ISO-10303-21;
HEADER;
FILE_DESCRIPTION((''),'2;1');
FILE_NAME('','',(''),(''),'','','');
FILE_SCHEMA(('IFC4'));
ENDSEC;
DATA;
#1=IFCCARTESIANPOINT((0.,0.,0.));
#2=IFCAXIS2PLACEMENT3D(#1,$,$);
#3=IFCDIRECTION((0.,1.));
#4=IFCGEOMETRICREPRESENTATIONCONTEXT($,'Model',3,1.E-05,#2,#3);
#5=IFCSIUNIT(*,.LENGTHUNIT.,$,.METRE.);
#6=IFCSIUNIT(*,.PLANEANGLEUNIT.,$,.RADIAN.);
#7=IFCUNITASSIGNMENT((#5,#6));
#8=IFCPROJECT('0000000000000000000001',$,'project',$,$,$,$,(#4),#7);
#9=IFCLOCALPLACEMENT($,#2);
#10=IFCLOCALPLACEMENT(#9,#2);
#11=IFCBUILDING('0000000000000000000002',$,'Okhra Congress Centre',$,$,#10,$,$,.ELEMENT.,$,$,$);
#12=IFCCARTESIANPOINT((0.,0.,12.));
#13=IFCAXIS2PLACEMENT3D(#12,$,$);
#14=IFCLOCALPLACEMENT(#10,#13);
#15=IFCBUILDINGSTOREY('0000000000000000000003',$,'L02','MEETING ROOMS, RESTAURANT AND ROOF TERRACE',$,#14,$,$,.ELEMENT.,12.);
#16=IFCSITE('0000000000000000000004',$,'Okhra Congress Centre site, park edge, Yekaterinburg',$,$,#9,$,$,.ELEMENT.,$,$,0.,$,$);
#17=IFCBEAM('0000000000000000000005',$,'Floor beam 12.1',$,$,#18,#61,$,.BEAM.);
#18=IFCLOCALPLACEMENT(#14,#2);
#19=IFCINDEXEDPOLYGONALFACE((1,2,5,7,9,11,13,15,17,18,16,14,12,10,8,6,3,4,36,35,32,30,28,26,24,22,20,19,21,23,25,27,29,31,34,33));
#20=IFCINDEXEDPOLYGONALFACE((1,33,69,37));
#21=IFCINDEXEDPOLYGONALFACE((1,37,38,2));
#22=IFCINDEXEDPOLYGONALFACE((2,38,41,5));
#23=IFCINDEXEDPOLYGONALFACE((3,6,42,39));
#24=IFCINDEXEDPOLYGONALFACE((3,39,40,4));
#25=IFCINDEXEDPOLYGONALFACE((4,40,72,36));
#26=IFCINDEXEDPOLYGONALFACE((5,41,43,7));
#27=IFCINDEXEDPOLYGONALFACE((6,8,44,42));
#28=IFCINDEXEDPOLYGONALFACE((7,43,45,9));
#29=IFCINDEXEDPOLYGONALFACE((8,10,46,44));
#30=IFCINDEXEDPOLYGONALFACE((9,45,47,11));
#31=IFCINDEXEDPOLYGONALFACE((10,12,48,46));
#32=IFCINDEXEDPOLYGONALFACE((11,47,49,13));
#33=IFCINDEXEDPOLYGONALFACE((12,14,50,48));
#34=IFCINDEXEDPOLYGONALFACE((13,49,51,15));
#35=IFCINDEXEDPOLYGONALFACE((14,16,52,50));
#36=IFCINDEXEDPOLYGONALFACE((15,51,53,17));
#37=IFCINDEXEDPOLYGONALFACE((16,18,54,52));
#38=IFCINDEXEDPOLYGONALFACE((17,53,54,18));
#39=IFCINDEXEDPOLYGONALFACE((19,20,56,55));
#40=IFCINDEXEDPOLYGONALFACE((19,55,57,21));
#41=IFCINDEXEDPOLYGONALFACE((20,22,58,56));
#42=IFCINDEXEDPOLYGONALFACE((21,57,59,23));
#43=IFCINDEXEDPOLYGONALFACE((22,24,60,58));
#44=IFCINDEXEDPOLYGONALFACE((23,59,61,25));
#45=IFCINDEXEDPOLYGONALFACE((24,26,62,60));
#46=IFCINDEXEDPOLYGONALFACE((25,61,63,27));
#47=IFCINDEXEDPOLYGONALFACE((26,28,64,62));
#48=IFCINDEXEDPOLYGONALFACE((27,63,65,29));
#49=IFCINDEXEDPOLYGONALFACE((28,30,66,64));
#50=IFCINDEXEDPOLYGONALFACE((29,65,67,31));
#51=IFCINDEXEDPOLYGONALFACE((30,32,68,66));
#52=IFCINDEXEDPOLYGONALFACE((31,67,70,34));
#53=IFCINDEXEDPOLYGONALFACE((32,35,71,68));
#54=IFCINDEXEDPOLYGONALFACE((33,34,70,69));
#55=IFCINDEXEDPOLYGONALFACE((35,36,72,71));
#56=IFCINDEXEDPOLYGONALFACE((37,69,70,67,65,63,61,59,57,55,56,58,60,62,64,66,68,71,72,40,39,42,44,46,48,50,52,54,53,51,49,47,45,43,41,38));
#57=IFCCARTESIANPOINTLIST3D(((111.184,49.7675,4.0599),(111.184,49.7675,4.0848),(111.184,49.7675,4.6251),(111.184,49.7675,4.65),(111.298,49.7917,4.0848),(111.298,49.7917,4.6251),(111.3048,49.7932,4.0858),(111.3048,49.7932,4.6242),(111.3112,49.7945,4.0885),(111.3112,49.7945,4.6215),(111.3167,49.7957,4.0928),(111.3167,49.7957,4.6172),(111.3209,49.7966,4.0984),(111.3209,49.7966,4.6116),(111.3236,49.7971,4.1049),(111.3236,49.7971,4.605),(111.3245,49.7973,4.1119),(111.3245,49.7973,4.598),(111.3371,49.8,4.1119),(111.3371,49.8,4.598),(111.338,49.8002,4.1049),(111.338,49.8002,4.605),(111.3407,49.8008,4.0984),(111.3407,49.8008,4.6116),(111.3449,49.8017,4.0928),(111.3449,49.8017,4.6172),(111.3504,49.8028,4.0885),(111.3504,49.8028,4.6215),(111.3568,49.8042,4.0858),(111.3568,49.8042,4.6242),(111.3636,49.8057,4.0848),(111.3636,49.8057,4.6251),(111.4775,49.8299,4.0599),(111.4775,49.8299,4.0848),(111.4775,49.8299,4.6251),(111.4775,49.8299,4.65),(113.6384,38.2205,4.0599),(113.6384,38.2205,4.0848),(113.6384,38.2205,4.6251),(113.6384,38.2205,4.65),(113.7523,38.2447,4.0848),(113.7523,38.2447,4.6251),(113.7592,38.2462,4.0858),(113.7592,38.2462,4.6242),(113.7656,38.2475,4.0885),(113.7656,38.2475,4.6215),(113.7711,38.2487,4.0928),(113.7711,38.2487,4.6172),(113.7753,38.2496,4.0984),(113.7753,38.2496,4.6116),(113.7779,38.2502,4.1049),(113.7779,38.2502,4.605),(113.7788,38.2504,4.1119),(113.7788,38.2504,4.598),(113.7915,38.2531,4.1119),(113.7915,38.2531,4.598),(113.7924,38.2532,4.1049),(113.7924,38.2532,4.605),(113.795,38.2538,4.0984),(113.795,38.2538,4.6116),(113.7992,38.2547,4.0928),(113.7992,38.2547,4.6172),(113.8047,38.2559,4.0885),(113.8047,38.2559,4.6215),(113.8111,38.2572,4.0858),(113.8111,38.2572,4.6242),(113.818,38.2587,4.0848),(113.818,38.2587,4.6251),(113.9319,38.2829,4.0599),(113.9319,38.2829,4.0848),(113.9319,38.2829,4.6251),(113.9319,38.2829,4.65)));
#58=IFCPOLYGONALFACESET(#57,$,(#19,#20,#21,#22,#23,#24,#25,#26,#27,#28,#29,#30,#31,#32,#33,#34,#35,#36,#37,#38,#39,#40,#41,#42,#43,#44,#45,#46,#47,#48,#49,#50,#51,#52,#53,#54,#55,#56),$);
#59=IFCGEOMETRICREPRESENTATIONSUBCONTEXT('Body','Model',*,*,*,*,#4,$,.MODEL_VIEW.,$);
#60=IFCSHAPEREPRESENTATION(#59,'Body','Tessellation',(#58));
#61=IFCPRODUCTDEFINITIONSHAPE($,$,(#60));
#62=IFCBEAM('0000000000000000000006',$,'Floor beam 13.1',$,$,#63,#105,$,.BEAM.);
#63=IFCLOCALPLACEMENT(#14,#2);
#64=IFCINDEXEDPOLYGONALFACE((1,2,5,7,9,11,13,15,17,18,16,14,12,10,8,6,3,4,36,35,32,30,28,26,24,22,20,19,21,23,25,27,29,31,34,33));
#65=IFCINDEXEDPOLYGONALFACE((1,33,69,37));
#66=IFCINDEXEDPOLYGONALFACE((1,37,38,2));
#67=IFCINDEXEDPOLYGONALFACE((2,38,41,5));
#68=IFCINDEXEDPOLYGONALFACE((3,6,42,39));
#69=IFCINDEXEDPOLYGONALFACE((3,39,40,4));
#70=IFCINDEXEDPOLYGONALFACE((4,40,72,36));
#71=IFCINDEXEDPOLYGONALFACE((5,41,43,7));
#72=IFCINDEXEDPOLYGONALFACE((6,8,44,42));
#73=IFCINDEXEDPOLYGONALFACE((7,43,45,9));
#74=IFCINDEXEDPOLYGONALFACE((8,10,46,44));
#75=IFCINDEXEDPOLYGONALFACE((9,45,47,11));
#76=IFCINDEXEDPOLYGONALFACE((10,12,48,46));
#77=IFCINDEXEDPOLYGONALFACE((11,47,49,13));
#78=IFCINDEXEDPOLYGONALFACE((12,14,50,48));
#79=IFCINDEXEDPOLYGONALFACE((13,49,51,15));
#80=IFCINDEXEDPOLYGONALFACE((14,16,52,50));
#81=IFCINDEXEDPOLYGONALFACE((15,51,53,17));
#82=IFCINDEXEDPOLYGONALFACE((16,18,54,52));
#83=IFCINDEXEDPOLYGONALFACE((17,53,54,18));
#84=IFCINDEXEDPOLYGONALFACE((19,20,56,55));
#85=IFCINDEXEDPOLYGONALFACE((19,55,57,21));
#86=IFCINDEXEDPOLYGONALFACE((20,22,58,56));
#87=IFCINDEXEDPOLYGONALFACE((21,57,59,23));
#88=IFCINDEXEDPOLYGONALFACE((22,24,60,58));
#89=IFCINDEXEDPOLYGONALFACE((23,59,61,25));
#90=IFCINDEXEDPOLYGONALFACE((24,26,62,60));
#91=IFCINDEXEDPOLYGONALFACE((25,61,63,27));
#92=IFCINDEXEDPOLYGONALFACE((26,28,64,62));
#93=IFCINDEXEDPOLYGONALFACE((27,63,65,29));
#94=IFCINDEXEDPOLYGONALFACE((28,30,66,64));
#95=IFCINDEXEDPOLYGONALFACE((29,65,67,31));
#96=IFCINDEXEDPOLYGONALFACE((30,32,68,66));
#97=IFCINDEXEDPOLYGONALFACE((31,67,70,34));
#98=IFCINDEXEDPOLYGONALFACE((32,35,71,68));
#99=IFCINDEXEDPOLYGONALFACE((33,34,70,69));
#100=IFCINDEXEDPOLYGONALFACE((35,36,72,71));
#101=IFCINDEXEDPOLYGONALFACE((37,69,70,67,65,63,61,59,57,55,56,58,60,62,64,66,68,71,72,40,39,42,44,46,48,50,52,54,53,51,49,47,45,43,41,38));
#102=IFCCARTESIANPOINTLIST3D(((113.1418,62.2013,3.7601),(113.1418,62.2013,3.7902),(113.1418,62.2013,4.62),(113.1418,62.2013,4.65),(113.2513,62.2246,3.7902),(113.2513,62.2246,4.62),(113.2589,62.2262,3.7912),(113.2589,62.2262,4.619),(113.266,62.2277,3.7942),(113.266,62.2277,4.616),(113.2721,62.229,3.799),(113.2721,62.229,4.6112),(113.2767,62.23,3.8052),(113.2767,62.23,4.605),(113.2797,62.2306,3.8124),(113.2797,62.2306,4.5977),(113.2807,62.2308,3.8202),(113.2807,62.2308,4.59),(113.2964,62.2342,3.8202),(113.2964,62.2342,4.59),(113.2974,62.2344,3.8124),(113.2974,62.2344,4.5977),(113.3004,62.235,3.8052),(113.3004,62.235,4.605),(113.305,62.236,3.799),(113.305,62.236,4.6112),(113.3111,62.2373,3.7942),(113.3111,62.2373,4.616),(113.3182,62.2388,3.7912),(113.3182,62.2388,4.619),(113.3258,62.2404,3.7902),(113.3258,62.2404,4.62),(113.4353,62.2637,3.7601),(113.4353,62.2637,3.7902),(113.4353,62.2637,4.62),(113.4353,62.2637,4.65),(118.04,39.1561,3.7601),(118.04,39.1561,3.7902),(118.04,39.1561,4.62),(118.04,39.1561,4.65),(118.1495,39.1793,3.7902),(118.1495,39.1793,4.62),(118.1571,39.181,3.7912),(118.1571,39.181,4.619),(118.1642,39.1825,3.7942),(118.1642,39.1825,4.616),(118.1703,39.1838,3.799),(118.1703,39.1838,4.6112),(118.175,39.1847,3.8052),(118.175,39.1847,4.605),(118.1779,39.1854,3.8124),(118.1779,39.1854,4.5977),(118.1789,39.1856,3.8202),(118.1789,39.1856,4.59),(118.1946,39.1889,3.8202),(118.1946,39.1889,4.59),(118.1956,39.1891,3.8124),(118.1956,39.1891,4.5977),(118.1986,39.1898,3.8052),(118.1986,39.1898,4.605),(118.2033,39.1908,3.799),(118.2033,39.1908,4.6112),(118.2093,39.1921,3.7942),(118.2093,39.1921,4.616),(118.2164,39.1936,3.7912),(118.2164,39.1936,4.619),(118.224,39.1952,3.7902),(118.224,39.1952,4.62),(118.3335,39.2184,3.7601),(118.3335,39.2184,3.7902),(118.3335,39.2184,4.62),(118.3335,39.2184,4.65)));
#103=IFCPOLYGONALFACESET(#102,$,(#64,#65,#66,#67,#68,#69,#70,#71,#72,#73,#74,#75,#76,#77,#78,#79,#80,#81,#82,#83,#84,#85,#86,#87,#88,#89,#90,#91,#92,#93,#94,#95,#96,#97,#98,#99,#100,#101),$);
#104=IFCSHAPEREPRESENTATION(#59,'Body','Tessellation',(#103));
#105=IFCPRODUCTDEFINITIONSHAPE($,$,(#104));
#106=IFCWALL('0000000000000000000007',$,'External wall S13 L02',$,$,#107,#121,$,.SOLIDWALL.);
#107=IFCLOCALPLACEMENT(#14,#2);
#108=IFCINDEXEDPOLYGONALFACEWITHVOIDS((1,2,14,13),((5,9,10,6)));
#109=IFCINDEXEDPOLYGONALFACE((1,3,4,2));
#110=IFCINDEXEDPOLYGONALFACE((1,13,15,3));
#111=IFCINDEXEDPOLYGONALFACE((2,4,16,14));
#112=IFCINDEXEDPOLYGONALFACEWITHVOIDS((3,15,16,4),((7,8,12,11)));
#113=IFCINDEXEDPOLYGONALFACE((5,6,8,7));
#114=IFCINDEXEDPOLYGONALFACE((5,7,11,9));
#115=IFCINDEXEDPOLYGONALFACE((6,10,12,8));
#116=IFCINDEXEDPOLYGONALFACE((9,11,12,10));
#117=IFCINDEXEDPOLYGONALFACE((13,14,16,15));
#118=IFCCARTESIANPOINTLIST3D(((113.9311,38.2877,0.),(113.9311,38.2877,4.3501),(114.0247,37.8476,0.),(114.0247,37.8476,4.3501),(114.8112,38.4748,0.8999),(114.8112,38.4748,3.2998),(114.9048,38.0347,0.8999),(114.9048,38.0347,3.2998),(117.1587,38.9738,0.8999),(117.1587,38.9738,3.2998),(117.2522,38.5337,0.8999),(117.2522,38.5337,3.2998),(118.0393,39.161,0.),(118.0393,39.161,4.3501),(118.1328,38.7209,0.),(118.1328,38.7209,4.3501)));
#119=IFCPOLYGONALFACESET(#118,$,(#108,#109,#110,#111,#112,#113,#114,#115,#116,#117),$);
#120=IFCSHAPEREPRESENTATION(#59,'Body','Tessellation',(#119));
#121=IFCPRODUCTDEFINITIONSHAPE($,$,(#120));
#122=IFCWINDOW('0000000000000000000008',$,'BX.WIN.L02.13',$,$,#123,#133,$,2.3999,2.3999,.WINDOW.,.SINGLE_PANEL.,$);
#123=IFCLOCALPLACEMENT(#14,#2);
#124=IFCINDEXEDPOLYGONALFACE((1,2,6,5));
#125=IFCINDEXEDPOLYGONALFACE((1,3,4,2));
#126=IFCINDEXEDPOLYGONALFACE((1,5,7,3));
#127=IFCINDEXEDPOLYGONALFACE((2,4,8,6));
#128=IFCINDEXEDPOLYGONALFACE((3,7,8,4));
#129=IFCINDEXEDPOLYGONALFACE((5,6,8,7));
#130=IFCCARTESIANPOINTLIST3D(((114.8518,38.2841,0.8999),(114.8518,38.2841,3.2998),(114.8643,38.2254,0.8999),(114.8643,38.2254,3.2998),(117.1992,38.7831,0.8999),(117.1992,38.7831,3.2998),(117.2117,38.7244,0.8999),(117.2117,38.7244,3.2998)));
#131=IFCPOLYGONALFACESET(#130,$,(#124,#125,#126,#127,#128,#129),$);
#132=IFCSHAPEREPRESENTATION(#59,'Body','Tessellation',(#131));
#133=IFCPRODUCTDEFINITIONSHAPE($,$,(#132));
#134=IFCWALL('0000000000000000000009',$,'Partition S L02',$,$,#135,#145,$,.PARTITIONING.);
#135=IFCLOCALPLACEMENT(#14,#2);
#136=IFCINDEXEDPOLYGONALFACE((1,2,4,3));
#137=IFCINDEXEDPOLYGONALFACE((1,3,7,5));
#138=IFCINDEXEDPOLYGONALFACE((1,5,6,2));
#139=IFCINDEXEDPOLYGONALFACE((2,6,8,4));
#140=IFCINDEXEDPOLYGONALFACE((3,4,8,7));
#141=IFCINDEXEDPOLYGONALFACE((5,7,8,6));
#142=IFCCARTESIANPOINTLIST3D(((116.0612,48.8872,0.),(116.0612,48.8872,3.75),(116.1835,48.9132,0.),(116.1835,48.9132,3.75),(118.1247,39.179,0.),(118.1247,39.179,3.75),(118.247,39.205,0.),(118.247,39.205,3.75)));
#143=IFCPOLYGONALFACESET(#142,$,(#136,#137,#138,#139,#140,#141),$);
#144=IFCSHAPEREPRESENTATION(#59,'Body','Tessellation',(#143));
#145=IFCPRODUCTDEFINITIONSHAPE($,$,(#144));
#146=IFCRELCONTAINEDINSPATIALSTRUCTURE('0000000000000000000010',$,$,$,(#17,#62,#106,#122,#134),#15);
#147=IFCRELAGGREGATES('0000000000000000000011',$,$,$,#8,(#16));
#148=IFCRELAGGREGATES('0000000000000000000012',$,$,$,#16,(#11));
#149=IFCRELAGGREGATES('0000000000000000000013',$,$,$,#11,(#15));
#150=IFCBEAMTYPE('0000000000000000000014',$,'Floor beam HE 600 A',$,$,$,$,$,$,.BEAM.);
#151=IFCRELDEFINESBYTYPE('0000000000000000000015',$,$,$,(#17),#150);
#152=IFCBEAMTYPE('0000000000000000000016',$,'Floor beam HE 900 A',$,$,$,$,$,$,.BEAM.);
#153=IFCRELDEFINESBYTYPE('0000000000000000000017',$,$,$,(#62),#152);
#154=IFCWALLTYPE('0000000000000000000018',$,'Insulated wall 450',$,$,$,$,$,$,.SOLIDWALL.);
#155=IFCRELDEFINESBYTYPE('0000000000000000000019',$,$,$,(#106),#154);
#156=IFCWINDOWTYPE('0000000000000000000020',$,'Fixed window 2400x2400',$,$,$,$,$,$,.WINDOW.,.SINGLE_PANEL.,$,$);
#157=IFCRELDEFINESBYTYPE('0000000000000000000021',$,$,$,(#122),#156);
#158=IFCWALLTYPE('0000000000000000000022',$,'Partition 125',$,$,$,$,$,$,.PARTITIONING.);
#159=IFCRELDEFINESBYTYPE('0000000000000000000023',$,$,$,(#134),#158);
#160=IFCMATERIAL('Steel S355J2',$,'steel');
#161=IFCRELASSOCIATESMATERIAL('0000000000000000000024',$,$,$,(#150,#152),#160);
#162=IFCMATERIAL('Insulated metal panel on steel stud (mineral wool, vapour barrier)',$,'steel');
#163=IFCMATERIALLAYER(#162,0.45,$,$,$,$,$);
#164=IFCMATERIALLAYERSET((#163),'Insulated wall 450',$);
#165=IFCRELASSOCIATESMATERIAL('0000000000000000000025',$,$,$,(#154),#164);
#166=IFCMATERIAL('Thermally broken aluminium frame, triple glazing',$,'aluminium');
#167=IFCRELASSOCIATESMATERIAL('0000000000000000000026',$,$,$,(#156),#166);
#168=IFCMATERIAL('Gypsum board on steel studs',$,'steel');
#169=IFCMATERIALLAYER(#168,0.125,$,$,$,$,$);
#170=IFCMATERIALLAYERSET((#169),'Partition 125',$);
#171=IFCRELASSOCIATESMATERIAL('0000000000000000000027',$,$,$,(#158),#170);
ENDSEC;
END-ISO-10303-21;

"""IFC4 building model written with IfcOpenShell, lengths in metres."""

from ifc_helpers import new_model, si_unit, direction, frame, frame_2d, origin, origin_2d, place, context, subcontext, project, spatial, rectangle, i_section, extrude, material, layer, layer_set, material_profile, profile_set, type_object, element, fill, save


model = new_model("IFC4")

# Units and contexts
model_context = context("Model", 3, precision=1e-05, world=origin(), true_north=direction((0.0, 1.0)))
body_context = subcontext(model_context, "Body", "Model", "MODEL_VIEW")
ifc_project = project(units=[si_unit("LENGTHUNIT", "METRE"), si_unit("PLANEANGLEUNIT", "RADIAN")], contexts=[model_context])

# Site, building, storey
site_placement = place(None, origin())
site = spatial("IfcSite", under=ifc_project, at=site_placement, Name="Okhra Congress Centre site, park edge, Yekaterinburg", CompositionType="ELEMENT", RefElevation=0.0)
building_placement = place(site_placement, origin())
building = spatial("IfcBuilding", under=site, at=building_placement, Name="Okhra Congress Centre", CompositionType="ELEMENT")
storey_placement = place(building_placement, frame((0.0, 0.0, 12.0)))
storey = spatial("IfcBuildingStorey", under=building, at=storey_placement, Name="L02", Description="MEETING ROOMS, RESTAURANT AND ROOF TERRACE", CompositionType="ELEMENT", Elevation=12.0)

# Shared definitions
ifc_material_1 = material(Name="Steel S355J2", Category="steel")

# Beams
ifc_material_profile_1 = material_profile(ifc_material_1, i_section(OverallWidth=0.3, OverallDepth=0.5901, WebThickness=0.0129, FlangeThickness=0.0249, FilletRadius=0.0271, at=origin_2d()), Name="HE 600 A")
ifc_profile_set_1 = profile_set([ifc_material_profile_1], Name="Steel S355J2")
beam_type_1 = type_object("IfcBeamType", Name="Floor beam HE 600 A", PredefinedType="BEAM", material=ifc_profile_set_1)
beam_1_placement = place(storey_placement, frame((113.7852, 38.2517, 4.355), z_axis=(-0.20791, 0.978148, 0.0), x_axis=(-0.978148, -0.20791, 0.0)))
element("IfcBeam", 1, at=beam_1_placement, inside=storey, type_object=beam_type_1, Name="Floor beam 12.1", PredefinedType="BEAM", context=body_context, shape_type="SweptSolid", body=[
    extrude(i_section(OverallWidth=0.3, OverallDepth=0.5901, WebThickness=0.0129, FlangeThickness=0.0249, FilletRadius=0.0271, at=origin_2d()), origin(), (0.0, 0.0, 1.0), 11.8049),
])
ifc_material_profile_2 = material_profile(ifc_material_1, i_section(OverallWidth=0.3, OverallDepth=0.8899, WebThickness=0.0161, FlangeThickness=0.03, FilletRadius=0.03, at=origin_2d()), Name="HE 900 A")
ifc_profile_set_2 = profile_set([ifc_material_profile_2], Name="Steel S355J2")
beam_type_2 = type_object("IfcBeamType", Name="Floor beam HE 900 A", PredefinedType="BEAM", material=ifc_profile_set_2)
beam_2_placement = place(storey_placement, frame((118.1868, 39.1873, 4.2051), z_axis=(-0.207903, 0.978149, 0.0), x_axis=(-0.978149, -0.207903, 0.0)))
element("IfcBeam", 2, at=beam_2_placement, inside=storey, type_object=beam_type_2, Name="Floor beam 13.1", PredefinedType="BEAM", context=body_context, shape_type="SweptSolid", body=[
    extrude(i_section(OverallWidth=0.3, OverallDepth=0.8899, WebThickness=0.0161, FlangeThickness=0.03, FilletRadius=0.03, at=origin_2d()), origin(), (0.0, 0.0, 1.0), 23.5601),
])

# Wall, opening, window
ifc_material_2 = material(Name="Insulated metal panel on steel stud (mineral wool, vapour barrier)", Category="steel")
ifc_layer_1 = layer(ifc_material_2, 0.45)
ifc_layer_set_1 = layer_set([ifc_layer_1], Name="Insulated wall 450")
wall_type_1 = type_object("IfcWallType", Name="Insulated wall 450", PredefinedType="SOLIDWALL", material=ifc_layer_set_1)
wall_1_placement = place(storey_placement, frame((113.9778, 38.0676, 0.0), z_axis=(0.0, 0.0, 1.0), x_axis=(0.978144, 0.207929, 0.0)))
wall_1 = element("IfcWall", 3, at=wall_1_placement, inside=storey, type_object=wall_type_1, Name="External wall S13 L02", PredefinedType="SOLIDWALL", context=body_context, shape_type="SweptSolid", body=[
    extrude(rectangle(XDim=4.2, YDim=0.45, at=frame_2d((2.1001, 0.0))), origin(), (0.0, 0.0, 1.0), 4.3501),
])
opening_1_placement = place(wall_1_placement, frame((0.8999, 0.0, 0.8999)))
opening_1 = element("IfcOpeningElement", 4, at=opening_1_placement, cuts=wall_1, PredefinedType="OPENING", context=body_context, shape_type="SweptSolid", body=[
    extrude(rectangle(XDim=2.3999, YDim=2.3999, at=frame_2d((1.2, 1.2))), frame((0.0, 0.2349, 0.0), z_axis=(0.0, -1.0, 0.0), x_axis=(1.0, 0.0, 0.0)), (0.0, 0.0, 1.0), 0.47),
])
ifc_material_3 = material(Name="Thermally broken aluminium frame, triple glazing", Category="aluminium")
window_type = type_object("IfcWindowType", Name="Fixed window 2400x2400", PartitioningType="SINGLE_PANEL", PredefinedType="WINDOW", material=ifc_material_3)
window_placement = place(opening_1_placement, origin())
window = element("IfcWindow", 5, at=window_placement, inside=storey, type_object=window_type, Name="BX.WIN.L02.13", OverallHeight=2.3999, OverallWidth=2.3999, PartitioningType="SINGLE_PANEL", PredefinedType="WINDOW", context=body_context, shape_type="SweptSolid", body=[
    extrude(rectangle(XDim=2.3999, YDim=2.3999, at=frame_2d((1.2, 1.2))), frame((0.0, 0.03, 0.0), z_axis=(0.0, -1.0, 0.0), x_axis=(1.0, 0.0, 0.0)), (0.0, 0.0, 1.0), 0.0601),
])
fill(opening_1, window)

# Wall
ifc_material_4 = material(Name="Gypsum board on steel studs", Category="steel")
ifc_layer_2 = layer(ifc_material_4, 0.125)
ifc_layer_set_2 = layer_set([ifc_layer_2], Name="Partition 125")
wall_type_2 = type_object("IfcWallType", Name="Partition 125", PredefinedType="PARTITIONING", material=ifc_layer_set_2)
wall_2_placement = place(storey_placement, frame((118.1858, 39.1921, 0.0), z_axis=(0.0, 0.0, 1.0), x_axis=(-0.207904, 0.978149, 0.0)))
element("IfcWall", 6, at=wall_2_placement, inside=storey, type_object=wall_type_2, Name="Partition S L02", PredefinedType="PARTITIONING", context=body_context, shape_type="SweptSolid", body=[
    extrude(rectangle(XDim=9.925, YDim=0.125, at=frame_2d((4.9624, 0.0))), origin(), (0.0, 0.0, 1.0), 3.75),
])

save(model, "model.ifc")
